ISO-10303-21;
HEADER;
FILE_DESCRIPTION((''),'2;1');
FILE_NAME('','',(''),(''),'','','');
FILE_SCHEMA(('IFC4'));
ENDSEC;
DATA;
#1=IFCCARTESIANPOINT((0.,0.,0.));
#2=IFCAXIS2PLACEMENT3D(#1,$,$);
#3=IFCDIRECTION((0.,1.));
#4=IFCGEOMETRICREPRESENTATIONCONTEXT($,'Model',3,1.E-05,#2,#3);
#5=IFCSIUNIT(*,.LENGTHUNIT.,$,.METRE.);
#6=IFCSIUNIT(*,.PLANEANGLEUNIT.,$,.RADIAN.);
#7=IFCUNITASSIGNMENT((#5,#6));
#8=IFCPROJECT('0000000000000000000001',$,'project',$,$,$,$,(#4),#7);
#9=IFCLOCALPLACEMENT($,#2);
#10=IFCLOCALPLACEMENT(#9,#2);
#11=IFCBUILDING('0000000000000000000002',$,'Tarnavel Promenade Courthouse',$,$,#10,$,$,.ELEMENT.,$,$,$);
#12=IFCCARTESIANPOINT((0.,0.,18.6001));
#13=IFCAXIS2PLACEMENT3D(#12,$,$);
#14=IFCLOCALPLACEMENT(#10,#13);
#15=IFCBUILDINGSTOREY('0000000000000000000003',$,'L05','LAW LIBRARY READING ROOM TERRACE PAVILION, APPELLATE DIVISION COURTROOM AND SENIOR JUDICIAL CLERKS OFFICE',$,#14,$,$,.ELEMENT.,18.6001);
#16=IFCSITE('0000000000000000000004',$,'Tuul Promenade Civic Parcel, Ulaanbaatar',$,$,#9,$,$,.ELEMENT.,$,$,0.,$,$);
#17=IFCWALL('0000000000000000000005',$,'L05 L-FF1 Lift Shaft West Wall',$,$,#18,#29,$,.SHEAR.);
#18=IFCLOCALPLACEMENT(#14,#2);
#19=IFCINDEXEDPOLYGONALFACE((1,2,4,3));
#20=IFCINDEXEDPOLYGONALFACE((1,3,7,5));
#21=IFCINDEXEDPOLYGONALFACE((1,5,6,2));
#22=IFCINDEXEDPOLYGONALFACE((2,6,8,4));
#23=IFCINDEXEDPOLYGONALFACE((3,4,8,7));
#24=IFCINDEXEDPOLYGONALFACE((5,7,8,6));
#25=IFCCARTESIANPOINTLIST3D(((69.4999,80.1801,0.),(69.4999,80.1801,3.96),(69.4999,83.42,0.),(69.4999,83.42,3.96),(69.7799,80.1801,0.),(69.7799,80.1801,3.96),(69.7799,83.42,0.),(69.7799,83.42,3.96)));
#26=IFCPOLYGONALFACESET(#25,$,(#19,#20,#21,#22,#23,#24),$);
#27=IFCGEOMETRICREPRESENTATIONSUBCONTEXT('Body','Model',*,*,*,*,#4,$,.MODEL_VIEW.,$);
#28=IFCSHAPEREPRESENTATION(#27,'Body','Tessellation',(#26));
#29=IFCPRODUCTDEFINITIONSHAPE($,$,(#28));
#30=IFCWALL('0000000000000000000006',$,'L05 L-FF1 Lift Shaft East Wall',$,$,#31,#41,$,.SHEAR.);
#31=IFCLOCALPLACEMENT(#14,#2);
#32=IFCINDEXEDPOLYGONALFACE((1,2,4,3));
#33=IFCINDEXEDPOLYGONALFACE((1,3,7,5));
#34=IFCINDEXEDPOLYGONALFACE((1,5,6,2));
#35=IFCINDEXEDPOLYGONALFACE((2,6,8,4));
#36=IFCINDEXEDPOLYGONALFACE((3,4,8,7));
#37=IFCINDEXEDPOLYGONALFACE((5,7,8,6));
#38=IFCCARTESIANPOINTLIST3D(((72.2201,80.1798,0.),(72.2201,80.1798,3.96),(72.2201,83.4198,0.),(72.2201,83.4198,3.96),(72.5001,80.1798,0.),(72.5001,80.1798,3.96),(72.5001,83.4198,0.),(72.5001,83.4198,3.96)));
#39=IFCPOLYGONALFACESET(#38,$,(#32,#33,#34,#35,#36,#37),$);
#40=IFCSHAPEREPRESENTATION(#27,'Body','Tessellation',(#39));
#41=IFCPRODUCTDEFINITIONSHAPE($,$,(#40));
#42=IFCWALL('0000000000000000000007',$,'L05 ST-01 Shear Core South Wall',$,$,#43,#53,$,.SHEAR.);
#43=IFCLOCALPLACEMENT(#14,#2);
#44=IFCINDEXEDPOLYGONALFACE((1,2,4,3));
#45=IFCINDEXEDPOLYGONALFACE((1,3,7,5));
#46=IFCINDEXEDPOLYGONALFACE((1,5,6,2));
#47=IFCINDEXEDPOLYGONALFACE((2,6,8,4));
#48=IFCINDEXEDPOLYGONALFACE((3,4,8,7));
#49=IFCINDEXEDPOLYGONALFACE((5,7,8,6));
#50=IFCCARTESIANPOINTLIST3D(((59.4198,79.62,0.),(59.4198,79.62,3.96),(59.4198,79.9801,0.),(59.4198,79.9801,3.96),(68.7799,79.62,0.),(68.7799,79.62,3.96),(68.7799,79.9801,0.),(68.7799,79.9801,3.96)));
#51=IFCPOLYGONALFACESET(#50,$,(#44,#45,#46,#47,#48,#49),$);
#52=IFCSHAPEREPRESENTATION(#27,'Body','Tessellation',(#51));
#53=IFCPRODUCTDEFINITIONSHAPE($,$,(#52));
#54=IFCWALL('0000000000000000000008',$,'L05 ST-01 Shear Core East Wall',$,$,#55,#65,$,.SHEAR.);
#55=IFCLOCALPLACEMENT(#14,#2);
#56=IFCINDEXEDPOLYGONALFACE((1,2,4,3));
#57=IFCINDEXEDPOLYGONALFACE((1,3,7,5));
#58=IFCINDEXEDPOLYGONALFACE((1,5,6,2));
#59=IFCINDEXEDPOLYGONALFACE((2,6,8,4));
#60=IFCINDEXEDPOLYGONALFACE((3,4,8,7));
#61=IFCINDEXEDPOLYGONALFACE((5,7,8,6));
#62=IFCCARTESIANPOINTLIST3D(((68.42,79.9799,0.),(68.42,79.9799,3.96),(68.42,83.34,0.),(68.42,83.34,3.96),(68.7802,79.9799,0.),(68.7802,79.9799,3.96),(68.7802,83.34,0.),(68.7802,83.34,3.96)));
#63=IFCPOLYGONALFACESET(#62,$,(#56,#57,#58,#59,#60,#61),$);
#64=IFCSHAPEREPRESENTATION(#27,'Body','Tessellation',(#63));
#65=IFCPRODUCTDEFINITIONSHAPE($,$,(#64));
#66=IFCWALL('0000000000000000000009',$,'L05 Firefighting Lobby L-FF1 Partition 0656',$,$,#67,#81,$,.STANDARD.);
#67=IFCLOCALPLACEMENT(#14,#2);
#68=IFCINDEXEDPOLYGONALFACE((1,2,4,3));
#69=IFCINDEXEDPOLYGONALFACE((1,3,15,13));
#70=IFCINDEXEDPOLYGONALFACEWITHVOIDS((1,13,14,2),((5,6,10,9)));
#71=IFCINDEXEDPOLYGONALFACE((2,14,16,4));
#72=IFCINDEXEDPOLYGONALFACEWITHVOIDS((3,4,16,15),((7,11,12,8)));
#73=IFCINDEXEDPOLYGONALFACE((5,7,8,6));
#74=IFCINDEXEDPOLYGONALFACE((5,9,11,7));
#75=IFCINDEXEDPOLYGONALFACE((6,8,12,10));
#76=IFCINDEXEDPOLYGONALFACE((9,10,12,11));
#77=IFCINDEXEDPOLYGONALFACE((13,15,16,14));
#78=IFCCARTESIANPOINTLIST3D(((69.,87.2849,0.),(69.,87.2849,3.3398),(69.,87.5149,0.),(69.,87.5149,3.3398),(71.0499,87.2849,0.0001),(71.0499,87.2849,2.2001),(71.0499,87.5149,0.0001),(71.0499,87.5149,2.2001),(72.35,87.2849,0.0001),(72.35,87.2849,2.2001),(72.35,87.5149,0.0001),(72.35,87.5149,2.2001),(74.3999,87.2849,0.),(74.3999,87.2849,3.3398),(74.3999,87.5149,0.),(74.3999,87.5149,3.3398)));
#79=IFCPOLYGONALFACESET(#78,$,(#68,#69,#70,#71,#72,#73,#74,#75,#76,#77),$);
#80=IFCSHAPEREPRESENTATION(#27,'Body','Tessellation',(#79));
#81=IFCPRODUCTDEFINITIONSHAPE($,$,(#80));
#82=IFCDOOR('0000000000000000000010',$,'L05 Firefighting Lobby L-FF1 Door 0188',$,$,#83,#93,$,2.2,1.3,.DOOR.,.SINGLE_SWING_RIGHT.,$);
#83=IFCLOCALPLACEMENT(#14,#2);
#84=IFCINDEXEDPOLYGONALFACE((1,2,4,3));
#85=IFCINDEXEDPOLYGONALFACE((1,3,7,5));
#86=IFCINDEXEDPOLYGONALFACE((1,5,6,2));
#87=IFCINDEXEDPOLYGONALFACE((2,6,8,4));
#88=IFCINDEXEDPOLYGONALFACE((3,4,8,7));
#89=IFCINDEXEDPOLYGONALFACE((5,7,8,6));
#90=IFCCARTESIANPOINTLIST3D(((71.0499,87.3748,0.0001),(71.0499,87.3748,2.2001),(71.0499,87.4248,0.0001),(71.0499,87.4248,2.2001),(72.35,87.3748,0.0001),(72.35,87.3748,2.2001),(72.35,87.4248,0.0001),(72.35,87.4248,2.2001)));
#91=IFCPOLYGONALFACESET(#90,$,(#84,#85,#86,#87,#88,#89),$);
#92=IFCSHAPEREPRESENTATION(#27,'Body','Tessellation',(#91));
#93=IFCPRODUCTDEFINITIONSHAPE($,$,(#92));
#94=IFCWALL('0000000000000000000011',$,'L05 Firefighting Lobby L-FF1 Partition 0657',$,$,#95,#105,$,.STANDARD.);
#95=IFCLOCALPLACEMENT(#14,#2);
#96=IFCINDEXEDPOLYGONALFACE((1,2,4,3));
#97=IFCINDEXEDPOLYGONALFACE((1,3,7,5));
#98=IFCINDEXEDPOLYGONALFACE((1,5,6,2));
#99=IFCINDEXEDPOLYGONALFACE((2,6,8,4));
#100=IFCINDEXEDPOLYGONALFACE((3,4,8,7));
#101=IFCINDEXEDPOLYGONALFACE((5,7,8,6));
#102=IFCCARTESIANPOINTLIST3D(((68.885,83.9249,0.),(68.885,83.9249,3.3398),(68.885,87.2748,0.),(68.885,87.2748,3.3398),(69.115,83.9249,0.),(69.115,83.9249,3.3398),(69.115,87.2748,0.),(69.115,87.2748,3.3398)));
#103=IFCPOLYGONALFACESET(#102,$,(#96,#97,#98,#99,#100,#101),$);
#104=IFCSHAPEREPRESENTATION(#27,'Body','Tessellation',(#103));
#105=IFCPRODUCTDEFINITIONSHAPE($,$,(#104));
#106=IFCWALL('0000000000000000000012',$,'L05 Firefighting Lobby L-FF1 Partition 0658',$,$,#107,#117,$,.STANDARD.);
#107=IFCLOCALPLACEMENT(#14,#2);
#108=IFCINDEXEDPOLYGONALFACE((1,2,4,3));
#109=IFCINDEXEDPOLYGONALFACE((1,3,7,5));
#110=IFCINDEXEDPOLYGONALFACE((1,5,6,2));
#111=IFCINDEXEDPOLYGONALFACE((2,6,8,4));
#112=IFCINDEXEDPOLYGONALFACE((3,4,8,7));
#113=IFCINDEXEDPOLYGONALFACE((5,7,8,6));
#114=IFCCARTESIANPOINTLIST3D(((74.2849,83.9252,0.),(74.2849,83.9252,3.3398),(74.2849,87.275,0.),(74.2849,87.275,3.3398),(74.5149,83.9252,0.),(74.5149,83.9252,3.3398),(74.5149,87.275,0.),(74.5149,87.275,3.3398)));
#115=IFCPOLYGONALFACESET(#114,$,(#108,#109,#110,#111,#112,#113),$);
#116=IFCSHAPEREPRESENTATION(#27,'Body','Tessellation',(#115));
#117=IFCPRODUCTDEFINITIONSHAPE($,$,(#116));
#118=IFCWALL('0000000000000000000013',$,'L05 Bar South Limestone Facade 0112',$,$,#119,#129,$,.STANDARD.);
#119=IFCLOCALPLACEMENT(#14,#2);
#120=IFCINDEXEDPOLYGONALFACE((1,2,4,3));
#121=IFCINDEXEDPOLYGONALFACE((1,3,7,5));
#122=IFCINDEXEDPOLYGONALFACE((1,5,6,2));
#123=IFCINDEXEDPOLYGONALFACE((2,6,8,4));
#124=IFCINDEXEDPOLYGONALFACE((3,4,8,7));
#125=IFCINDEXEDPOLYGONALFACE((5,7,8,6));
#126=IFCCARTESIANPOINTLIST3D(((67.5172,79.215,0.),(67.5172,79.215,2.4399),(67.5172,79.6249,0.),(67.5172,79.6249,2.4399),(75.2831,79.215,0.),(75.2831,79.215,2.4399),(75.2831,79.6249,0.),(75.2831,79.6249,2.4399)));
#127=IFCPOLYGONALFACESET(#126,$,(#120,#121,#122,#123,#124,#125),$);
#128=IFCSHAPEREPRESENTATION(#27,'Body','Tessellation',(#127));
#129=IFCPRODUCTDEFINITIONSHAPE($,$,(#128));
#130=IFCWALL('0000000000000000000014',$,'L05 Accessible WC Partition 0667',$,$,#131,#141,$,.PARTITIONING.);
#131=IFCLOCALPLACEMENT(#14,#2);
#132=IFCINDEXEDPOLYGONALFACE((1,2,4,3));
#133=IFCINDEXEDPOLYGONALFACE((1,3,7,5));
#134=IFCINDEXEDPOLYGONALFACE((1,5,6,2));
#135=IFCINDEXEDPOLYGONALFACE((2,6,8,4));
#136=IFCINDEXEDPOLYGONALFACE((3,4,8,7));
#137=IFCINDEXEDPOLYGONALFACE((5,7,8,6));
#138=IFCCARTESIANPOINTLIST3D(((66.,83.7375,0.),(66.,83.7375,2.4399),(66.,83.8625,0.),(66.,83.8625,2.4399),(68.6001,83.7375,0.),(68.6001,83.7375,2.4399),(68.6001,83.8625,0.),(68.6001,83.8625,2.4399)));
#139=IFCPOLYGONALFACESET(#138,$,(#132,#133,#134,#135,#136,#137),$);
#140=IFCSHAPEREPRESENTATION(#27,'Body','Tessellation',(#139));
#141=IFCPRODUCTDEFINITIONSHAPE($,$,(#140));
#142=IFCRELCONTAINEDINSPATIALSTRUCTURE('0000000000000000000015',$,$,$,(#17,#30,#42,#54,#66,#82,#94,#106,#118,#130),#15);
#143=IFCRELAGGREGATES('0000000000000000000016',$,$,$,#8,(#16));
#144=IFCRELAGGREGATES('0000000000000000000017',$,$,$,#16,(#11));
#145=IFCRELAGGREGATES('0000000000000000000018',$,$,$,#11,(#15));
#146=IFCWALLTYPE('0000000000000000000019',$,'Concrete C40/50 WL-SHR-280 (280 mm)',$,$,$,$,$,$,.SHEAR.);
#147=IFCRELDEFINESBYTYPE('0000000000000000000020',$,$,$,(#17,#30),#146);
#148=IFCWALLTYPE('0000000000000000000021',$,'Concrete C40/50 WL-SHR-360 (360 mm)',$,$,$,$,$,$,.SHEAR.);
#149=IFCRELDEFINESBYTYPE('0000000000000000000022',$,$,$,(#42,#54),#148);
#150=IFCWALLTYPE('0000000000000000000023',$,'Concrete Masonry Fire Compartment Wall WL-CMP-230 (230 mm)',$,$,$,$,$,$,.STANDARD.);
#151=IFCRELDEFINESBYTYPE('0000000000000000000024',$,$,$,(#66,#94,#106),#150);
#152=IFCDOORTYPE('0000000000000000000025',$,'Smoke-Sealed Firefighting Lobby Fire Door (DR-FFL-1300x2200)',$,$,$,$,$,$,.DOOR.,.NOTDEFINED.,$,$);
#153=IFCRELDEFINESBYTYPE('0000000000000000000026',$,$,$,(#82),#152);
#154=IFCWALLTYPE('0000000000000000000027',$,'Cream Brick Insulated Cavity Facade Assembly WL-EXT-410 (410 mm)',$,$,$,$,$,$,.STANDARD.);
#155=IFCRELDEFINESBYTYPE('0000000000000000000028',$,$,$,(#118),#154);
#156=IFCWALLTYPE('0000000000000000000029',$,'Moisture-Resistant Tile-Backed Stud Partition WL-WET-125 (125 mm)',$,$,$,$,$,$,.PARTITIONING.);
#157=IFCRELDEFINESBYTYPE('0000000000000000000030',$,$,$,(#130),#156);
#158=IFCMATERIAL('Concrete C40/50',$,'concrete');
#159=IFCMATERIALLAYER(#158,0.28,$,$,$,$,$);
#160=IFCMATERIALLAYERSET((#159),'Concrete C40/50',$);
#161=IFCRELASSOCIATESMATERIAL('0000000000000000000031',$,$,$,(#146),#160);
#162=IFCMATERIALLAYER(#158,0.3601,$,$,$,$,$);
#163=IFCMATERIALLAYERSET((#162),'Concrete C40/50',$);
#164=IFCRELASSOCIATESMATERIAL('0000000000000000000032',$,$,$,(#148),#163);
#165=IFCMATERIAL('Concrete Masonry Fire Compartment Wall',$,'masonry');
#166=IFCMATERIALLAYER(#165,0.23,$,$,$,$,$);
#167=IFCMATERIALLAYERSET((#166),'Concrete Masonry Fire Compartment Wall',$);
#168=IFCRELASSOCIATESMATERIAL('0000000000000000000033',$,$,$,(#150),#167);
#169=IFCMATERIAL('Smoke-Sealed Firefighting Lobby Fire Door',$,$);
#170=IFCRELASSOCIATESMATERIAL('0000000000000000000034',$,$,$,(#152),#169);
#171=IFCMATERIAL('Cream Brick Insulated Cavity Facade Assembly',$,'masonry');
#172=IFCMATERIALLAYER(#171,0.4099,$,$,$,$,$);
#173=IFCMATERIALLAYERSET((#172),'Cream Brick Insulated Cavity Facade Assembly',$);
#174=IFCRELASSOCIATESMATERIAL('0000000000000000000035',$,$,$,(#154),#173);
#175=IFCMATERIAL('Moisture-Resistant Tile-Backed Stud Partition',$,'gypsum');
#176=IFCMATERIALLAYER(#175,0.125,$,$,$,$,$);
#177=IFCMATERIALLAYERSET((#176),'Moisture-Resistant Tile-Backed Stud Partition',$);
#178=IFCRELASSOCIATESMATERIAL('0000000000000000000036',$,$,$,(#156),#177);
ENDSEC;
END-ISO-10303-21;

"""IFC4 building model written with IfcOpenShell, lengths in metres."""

from ifc_helpers import new_model, si_unit, direction, frame, frame_2d, origin, place, context, subcontext, project, spatial, rectangle, extrude, material, layer, layer_set, type_object, element, fill, save


model = new_model("IFC4")

# Units and contexts
model_context = context("Model", 3, precision=1e-05, world=origin(), true_north=direction((0.0, 1.0)))
body_context = subcontext(model_context, "Body", "Model", "MODEL_VIEW")
ifc_project = project(units=[si_unit("LENGTHUNIT", "METRE"), si_unit("PLANEANGLEUNIT", "RADIAN")], contexts=[model_context])

# Site, building, storey
site_placement = place(None, origin())
site = spatial("IfcSite", under=ifc_project, at=site_placement, Name="Tuul Promenade Civic Parcel, Ulaanbaatar", CompositionType="ELEMENT", RefElevation=0.0)
building_placement = place(site_placement, origin())
building = spatial("IfcBuilding", under=site, at=building_placement, Name="Tarnavel Promenade Courthouse", CompositionType="ELEMENT")
storey_placement = place(building_placement, frame((0.0, 0.0, 18.6001)))
storey = spatial("IfcBuildingStorey", under=building, at=storey_placement, Name="L05", Description="LAW LIBRARY READING ROOM TERRACE PAVILION, APPELLATE DIVISION COURTROOM AND SENIOR JUDICIAL CLERKS OFFICE", CompositionType="ELEMENT", Elevation=18.6001)

# Shared definitions
ifc_material_1 = material(Name="Concrete C40/50", Category="concrete")

# Shared definitions
ifc_layer_1 = layer(ifc_material_1, 0.28)
ifc_layer_set_1 = layer_set([ifc_layer_1], Name="Concrete C40/50")
wall_type_1 = type_object("IfcWallType", Name="Concrete C40/50 WL-SHR-280 (280 mm)", PredefinedType="SHEAR", material=ifc_layer_set_1)

# Walls
for number, where, z_axis, x_axis, name in (
    (1, (69.6399, 80.1799, 0.0), (0.0, 0.0, 1.0), (0.0, 1.0, 0.0), "L05 L-FF1 Lift Shaft West Wall"),
    (2, (72.3601, 83.4199, 0.0), (0.0, 0.0, 1.0), (0.0, -1.0, 0.0), "L05 L-FF1 Lift Shaft East Wall"),
):
    element("IfcWall", number, at=place(storey_placement, frame(where, z_axis=z_axis, x_axis=x_axis)), inside=storey, type_object=wall_type_1, Name=name, PredefinedType="SHEAR", context=body_context, shape_type="SweptSolid", body=[
        extrude(rectangle(XDim=3.24, YDim=0.28, at=frame_2d((1.6201, 0.0))), origin(), (0.0, 0.0, 1.0), 3.96),
    ])
ifc_layer_2 = layer(ifc_material_1, 0.3601)
ifc_layer_set_2 = layer_set([ifc_layer_2], Name="Concrete C40/50")
wall_type_2 = type_object("IfcWallType", Name="Concrete C40/50 WL-SHR-360 (360 mm)", PredefinedType="SHEAR", material=ifc_layer_set_2)
wall_1_placement = place(storey_placement, frame((68.78, 79.8, 0.0), z_axis=(0.0, 0.0, 1.0), x_axis=(-1.0, 0.0, 0.0)))
element("IfcWall", 3, at=wall_1_placement, inside=storey, type_object=wall_type_2, Name="L05 ST-01 Shear Core South Wall", PredefinedType="SHEAR", context=body_context, shape_type="SweptSolid", body=[
    extrude(rectangle(XDim=9.3601, YDim=0.3601, at=frame_2d((4.6802, 0.0))), origin(), (0.0, 0.0, 1.0), 3.96),
])
wall_2_placement = place(storey_placement, frame((68.6001, 83.3401, 0.0), z_axis=(0.0, 0.0, 1.0), x_axis=(0.0, -1.0, 0.0)))
element("IfcWall", 4, at=wall_2_placement, inside=storey, type_object=wall_type_2, Name="L05 ST-01 Shear Core East Wall", PredefinedType="SHEAR", context=body_context, shape_type="SweptSolid", body=[
    extrude(rectangle(XDim=3.3601, YDim=0.3601, at=frame_2d((1.6802, 0.0))), origin(), (0.0, 0.0, 1.0), 3.96),
])

# Wall, opening, door
ifc_material_2 = material(Name="Concrete Masonry Fire Compartment Wall", Category="masonry")
ifc_layer_3 = layer(ifc_material_2, 0.23)
ifc_layer_set_3 = layer_set([ifc_layer_3], Name="Concrete Masonry Fire Compartment Wall")
wall_type_3 = type_object("IfcWallType", Name="Concrete Masonry Fire Compartment Wall WL-CMP-230 (230 mm)", PredefinedType="STANDARD", material=ifc_layer_set_3)
wall_3_placement = place(storey_placement, frame((69.0, 87.3999, 0.0), z_axis=(0.0, 0.0, 1.0), x_axis=(1.0, 0.0, 0.0)))
wall_3 = element("IfcWall", 5, at=wall_3_placement, inside=storey, type_object=wall_type_3, Name="L05 Firefighting Lobby L-FF1 Partition 0656", PredefinedType="STANDARD", context=body_context, shape_type="SweptSolid", body=[
    extrude(rectangle(XDim=5.3999, YDim=0.23, at=frame_2d((2.7, 0.0))), origin(), (0.0, 0.0, 1.0), 3.3398),
])
opening_1_placement = place(wall_3_placement, frame((2.05, 0.0, 0.0)))
opening_1 = element("IfcOpeningElement", 6, at=opening_1_placement, cuts=wall_3, PredefinedType="OPENING", context=body_context, shape_type="SweptSolid", body=[
    extrude(rectangle(XDim=1.3, YDim=2.2, at=frame_2d((0.6499, 1.1001))), frame((0.0, 0.125, 0.0), z_axis=(0.0, -1.0, 0.0), x_axis=(1.0, 0.0, 0.0)), (0.0, 0.0, 1.0), 0.25),
])
ifc_material_3 = material(Name="Smoke-Sealed Firefighting Lobby Fire Door")
door_type_1 = type_object("IfcDoorType", Name="Smoke-Sealed Firefighting Lobby Fire Door (DR-FFL-1300x2200)", OperationType="NOTDEFINED", PredefinedType="DOOR", material=ifc_material_3)
door_1_placement = place(opening_1_placement, origin())
door_1 = element("IfcDoor", 7, at=door_1_placement, inside=storey, type_object=door_type_1, Name="L05 Firefighting Lobby L-FF1 Door 0188", OperationType="SINGLE_SWING_RIGHT", OverallHeight=2.2, OverallWidth=1.3, PredefinedType="DOOR", context=body_context, shape_type="SweptSolid", body=[
    extrude(rectangle(XDim=1.3, YDim=2.2, at=frame_2d((0.6499, 1.1001))), frame((0.0, 0.0249, 0.0), z_axis=(0.0, -1.0, 0.0), x_axis=(1.0, 0.0, 0.0)), (0.0, 0.0, 1.0), 0.05),
])
fill(opening_1, door_1)

# Walls
for number, where, z_axis, x_axis, name in (
    (8, (69.0, 83.925, 0.0), (0.0, 0.0, 1.0), (0.0, 1.0, 0.0), "L05 Firefighting Lobby L-FF1 Partition 0657"),
    (9, (74.3999, 87.2749, 0.0), (0.0, 0.0, 1.0), (0.0, -1.0, 0.0), "L05 Firefighting Lobby L-FF1 Partition 0658"),
):
    element("IfcWall", number, at=place(storey_placement, frame(where, z_axis=z_axis, x_axis=x_axis)), inside=storey, type_object=wall_type_3, Name=name, PredefinedType="STANDARD", context=body_context, shape_type="SweptSolid", body=[
        extrude(rectangle(XDim=3.3499, YDim=0.23, at=frame_2d((1.6748, 0.0))), origin(), (0.0, 0.0, 1.0), 3.3398),
    ])
ifc_material_4 = material(Name="Cream Brick Insulated Cavity Facade Assembly", Category="masonry")
ifc_layer_4 = layer(ifc_material_4, 0.4099)
ifc_layer_set_4 = layer_set([ifc_layer_4], Name="Cream Brick Insulated Cavity Facade Assembly")
wall_type_4 = type_object("IfcWallType", Name="Cream Brick Insulated Cavity Facade Assembly WL-EXT-410 (410 mm)", PredefinedType="STANDARD", material=ifc_layer_set_4)
wall_4_placement = place(storey_placement, frame((75.283, 79.4199, 0.0), z_axis=(0.0, 0.0, 1.0), x_axis=(-1.0, 0.0, 0.0)))
element("IfcWall", 10, at=wall_4_placement, inside=storey, type_object=wall_type_4, Name="L05 Bar South Limestone Facade 0112", PredefinedType="STANDARD", context=body_context, shape_type="SweptSolid", body=[
    extrude(rectangle(XDim=7.7659, YDim=0.4099, at=frame_2d((3.8828, 0.0))), origin(), (0.0, 0.0, 1.0), 2.4399),
])

# Wall
ifc_material_5 = material(Name="Moisture-Resistant Tile-Backed Stud Partition", Category="gypsum")
ifc_layer_5 = layer(ifc_material_5, 0.125)
ifc_layer_set_5 = layer_set([ifc_layer_5], Name="Moisture-Resistant Tile-Backed Stud Partition")
wall_type_5 = type_object("IfcWallType", Name="Moisture-Resistant Tile-Backed Stud Partition WL-WET-125 (125 mm)", PredefinedType="PARTITIONING", material=ifc_layer_set_5)
wall_5_placement = place(storey_placement, frame((68.6001, 83.8, 0.0), z_axis=(0.0, 0.0, 1.0), x_axis=(-1.0, 0.0, 0.0)))
element("IfcWall", 11, at=wall_5_placement, inside=storey, type_object=wall_type_5, Name="L05 Accessible WC Partition 0667", PredefinedType="PARTITIONING", context=body_context, shape_type="SweptSolid", body=[
    extrude(rectangle(XDim=2.6001, YDim=0.125, at=frame_2d((1.3, 0.0))), origin(), (0.0, 0.0, 1.0), 2.4399),
])

save(model, "model.ifc")
